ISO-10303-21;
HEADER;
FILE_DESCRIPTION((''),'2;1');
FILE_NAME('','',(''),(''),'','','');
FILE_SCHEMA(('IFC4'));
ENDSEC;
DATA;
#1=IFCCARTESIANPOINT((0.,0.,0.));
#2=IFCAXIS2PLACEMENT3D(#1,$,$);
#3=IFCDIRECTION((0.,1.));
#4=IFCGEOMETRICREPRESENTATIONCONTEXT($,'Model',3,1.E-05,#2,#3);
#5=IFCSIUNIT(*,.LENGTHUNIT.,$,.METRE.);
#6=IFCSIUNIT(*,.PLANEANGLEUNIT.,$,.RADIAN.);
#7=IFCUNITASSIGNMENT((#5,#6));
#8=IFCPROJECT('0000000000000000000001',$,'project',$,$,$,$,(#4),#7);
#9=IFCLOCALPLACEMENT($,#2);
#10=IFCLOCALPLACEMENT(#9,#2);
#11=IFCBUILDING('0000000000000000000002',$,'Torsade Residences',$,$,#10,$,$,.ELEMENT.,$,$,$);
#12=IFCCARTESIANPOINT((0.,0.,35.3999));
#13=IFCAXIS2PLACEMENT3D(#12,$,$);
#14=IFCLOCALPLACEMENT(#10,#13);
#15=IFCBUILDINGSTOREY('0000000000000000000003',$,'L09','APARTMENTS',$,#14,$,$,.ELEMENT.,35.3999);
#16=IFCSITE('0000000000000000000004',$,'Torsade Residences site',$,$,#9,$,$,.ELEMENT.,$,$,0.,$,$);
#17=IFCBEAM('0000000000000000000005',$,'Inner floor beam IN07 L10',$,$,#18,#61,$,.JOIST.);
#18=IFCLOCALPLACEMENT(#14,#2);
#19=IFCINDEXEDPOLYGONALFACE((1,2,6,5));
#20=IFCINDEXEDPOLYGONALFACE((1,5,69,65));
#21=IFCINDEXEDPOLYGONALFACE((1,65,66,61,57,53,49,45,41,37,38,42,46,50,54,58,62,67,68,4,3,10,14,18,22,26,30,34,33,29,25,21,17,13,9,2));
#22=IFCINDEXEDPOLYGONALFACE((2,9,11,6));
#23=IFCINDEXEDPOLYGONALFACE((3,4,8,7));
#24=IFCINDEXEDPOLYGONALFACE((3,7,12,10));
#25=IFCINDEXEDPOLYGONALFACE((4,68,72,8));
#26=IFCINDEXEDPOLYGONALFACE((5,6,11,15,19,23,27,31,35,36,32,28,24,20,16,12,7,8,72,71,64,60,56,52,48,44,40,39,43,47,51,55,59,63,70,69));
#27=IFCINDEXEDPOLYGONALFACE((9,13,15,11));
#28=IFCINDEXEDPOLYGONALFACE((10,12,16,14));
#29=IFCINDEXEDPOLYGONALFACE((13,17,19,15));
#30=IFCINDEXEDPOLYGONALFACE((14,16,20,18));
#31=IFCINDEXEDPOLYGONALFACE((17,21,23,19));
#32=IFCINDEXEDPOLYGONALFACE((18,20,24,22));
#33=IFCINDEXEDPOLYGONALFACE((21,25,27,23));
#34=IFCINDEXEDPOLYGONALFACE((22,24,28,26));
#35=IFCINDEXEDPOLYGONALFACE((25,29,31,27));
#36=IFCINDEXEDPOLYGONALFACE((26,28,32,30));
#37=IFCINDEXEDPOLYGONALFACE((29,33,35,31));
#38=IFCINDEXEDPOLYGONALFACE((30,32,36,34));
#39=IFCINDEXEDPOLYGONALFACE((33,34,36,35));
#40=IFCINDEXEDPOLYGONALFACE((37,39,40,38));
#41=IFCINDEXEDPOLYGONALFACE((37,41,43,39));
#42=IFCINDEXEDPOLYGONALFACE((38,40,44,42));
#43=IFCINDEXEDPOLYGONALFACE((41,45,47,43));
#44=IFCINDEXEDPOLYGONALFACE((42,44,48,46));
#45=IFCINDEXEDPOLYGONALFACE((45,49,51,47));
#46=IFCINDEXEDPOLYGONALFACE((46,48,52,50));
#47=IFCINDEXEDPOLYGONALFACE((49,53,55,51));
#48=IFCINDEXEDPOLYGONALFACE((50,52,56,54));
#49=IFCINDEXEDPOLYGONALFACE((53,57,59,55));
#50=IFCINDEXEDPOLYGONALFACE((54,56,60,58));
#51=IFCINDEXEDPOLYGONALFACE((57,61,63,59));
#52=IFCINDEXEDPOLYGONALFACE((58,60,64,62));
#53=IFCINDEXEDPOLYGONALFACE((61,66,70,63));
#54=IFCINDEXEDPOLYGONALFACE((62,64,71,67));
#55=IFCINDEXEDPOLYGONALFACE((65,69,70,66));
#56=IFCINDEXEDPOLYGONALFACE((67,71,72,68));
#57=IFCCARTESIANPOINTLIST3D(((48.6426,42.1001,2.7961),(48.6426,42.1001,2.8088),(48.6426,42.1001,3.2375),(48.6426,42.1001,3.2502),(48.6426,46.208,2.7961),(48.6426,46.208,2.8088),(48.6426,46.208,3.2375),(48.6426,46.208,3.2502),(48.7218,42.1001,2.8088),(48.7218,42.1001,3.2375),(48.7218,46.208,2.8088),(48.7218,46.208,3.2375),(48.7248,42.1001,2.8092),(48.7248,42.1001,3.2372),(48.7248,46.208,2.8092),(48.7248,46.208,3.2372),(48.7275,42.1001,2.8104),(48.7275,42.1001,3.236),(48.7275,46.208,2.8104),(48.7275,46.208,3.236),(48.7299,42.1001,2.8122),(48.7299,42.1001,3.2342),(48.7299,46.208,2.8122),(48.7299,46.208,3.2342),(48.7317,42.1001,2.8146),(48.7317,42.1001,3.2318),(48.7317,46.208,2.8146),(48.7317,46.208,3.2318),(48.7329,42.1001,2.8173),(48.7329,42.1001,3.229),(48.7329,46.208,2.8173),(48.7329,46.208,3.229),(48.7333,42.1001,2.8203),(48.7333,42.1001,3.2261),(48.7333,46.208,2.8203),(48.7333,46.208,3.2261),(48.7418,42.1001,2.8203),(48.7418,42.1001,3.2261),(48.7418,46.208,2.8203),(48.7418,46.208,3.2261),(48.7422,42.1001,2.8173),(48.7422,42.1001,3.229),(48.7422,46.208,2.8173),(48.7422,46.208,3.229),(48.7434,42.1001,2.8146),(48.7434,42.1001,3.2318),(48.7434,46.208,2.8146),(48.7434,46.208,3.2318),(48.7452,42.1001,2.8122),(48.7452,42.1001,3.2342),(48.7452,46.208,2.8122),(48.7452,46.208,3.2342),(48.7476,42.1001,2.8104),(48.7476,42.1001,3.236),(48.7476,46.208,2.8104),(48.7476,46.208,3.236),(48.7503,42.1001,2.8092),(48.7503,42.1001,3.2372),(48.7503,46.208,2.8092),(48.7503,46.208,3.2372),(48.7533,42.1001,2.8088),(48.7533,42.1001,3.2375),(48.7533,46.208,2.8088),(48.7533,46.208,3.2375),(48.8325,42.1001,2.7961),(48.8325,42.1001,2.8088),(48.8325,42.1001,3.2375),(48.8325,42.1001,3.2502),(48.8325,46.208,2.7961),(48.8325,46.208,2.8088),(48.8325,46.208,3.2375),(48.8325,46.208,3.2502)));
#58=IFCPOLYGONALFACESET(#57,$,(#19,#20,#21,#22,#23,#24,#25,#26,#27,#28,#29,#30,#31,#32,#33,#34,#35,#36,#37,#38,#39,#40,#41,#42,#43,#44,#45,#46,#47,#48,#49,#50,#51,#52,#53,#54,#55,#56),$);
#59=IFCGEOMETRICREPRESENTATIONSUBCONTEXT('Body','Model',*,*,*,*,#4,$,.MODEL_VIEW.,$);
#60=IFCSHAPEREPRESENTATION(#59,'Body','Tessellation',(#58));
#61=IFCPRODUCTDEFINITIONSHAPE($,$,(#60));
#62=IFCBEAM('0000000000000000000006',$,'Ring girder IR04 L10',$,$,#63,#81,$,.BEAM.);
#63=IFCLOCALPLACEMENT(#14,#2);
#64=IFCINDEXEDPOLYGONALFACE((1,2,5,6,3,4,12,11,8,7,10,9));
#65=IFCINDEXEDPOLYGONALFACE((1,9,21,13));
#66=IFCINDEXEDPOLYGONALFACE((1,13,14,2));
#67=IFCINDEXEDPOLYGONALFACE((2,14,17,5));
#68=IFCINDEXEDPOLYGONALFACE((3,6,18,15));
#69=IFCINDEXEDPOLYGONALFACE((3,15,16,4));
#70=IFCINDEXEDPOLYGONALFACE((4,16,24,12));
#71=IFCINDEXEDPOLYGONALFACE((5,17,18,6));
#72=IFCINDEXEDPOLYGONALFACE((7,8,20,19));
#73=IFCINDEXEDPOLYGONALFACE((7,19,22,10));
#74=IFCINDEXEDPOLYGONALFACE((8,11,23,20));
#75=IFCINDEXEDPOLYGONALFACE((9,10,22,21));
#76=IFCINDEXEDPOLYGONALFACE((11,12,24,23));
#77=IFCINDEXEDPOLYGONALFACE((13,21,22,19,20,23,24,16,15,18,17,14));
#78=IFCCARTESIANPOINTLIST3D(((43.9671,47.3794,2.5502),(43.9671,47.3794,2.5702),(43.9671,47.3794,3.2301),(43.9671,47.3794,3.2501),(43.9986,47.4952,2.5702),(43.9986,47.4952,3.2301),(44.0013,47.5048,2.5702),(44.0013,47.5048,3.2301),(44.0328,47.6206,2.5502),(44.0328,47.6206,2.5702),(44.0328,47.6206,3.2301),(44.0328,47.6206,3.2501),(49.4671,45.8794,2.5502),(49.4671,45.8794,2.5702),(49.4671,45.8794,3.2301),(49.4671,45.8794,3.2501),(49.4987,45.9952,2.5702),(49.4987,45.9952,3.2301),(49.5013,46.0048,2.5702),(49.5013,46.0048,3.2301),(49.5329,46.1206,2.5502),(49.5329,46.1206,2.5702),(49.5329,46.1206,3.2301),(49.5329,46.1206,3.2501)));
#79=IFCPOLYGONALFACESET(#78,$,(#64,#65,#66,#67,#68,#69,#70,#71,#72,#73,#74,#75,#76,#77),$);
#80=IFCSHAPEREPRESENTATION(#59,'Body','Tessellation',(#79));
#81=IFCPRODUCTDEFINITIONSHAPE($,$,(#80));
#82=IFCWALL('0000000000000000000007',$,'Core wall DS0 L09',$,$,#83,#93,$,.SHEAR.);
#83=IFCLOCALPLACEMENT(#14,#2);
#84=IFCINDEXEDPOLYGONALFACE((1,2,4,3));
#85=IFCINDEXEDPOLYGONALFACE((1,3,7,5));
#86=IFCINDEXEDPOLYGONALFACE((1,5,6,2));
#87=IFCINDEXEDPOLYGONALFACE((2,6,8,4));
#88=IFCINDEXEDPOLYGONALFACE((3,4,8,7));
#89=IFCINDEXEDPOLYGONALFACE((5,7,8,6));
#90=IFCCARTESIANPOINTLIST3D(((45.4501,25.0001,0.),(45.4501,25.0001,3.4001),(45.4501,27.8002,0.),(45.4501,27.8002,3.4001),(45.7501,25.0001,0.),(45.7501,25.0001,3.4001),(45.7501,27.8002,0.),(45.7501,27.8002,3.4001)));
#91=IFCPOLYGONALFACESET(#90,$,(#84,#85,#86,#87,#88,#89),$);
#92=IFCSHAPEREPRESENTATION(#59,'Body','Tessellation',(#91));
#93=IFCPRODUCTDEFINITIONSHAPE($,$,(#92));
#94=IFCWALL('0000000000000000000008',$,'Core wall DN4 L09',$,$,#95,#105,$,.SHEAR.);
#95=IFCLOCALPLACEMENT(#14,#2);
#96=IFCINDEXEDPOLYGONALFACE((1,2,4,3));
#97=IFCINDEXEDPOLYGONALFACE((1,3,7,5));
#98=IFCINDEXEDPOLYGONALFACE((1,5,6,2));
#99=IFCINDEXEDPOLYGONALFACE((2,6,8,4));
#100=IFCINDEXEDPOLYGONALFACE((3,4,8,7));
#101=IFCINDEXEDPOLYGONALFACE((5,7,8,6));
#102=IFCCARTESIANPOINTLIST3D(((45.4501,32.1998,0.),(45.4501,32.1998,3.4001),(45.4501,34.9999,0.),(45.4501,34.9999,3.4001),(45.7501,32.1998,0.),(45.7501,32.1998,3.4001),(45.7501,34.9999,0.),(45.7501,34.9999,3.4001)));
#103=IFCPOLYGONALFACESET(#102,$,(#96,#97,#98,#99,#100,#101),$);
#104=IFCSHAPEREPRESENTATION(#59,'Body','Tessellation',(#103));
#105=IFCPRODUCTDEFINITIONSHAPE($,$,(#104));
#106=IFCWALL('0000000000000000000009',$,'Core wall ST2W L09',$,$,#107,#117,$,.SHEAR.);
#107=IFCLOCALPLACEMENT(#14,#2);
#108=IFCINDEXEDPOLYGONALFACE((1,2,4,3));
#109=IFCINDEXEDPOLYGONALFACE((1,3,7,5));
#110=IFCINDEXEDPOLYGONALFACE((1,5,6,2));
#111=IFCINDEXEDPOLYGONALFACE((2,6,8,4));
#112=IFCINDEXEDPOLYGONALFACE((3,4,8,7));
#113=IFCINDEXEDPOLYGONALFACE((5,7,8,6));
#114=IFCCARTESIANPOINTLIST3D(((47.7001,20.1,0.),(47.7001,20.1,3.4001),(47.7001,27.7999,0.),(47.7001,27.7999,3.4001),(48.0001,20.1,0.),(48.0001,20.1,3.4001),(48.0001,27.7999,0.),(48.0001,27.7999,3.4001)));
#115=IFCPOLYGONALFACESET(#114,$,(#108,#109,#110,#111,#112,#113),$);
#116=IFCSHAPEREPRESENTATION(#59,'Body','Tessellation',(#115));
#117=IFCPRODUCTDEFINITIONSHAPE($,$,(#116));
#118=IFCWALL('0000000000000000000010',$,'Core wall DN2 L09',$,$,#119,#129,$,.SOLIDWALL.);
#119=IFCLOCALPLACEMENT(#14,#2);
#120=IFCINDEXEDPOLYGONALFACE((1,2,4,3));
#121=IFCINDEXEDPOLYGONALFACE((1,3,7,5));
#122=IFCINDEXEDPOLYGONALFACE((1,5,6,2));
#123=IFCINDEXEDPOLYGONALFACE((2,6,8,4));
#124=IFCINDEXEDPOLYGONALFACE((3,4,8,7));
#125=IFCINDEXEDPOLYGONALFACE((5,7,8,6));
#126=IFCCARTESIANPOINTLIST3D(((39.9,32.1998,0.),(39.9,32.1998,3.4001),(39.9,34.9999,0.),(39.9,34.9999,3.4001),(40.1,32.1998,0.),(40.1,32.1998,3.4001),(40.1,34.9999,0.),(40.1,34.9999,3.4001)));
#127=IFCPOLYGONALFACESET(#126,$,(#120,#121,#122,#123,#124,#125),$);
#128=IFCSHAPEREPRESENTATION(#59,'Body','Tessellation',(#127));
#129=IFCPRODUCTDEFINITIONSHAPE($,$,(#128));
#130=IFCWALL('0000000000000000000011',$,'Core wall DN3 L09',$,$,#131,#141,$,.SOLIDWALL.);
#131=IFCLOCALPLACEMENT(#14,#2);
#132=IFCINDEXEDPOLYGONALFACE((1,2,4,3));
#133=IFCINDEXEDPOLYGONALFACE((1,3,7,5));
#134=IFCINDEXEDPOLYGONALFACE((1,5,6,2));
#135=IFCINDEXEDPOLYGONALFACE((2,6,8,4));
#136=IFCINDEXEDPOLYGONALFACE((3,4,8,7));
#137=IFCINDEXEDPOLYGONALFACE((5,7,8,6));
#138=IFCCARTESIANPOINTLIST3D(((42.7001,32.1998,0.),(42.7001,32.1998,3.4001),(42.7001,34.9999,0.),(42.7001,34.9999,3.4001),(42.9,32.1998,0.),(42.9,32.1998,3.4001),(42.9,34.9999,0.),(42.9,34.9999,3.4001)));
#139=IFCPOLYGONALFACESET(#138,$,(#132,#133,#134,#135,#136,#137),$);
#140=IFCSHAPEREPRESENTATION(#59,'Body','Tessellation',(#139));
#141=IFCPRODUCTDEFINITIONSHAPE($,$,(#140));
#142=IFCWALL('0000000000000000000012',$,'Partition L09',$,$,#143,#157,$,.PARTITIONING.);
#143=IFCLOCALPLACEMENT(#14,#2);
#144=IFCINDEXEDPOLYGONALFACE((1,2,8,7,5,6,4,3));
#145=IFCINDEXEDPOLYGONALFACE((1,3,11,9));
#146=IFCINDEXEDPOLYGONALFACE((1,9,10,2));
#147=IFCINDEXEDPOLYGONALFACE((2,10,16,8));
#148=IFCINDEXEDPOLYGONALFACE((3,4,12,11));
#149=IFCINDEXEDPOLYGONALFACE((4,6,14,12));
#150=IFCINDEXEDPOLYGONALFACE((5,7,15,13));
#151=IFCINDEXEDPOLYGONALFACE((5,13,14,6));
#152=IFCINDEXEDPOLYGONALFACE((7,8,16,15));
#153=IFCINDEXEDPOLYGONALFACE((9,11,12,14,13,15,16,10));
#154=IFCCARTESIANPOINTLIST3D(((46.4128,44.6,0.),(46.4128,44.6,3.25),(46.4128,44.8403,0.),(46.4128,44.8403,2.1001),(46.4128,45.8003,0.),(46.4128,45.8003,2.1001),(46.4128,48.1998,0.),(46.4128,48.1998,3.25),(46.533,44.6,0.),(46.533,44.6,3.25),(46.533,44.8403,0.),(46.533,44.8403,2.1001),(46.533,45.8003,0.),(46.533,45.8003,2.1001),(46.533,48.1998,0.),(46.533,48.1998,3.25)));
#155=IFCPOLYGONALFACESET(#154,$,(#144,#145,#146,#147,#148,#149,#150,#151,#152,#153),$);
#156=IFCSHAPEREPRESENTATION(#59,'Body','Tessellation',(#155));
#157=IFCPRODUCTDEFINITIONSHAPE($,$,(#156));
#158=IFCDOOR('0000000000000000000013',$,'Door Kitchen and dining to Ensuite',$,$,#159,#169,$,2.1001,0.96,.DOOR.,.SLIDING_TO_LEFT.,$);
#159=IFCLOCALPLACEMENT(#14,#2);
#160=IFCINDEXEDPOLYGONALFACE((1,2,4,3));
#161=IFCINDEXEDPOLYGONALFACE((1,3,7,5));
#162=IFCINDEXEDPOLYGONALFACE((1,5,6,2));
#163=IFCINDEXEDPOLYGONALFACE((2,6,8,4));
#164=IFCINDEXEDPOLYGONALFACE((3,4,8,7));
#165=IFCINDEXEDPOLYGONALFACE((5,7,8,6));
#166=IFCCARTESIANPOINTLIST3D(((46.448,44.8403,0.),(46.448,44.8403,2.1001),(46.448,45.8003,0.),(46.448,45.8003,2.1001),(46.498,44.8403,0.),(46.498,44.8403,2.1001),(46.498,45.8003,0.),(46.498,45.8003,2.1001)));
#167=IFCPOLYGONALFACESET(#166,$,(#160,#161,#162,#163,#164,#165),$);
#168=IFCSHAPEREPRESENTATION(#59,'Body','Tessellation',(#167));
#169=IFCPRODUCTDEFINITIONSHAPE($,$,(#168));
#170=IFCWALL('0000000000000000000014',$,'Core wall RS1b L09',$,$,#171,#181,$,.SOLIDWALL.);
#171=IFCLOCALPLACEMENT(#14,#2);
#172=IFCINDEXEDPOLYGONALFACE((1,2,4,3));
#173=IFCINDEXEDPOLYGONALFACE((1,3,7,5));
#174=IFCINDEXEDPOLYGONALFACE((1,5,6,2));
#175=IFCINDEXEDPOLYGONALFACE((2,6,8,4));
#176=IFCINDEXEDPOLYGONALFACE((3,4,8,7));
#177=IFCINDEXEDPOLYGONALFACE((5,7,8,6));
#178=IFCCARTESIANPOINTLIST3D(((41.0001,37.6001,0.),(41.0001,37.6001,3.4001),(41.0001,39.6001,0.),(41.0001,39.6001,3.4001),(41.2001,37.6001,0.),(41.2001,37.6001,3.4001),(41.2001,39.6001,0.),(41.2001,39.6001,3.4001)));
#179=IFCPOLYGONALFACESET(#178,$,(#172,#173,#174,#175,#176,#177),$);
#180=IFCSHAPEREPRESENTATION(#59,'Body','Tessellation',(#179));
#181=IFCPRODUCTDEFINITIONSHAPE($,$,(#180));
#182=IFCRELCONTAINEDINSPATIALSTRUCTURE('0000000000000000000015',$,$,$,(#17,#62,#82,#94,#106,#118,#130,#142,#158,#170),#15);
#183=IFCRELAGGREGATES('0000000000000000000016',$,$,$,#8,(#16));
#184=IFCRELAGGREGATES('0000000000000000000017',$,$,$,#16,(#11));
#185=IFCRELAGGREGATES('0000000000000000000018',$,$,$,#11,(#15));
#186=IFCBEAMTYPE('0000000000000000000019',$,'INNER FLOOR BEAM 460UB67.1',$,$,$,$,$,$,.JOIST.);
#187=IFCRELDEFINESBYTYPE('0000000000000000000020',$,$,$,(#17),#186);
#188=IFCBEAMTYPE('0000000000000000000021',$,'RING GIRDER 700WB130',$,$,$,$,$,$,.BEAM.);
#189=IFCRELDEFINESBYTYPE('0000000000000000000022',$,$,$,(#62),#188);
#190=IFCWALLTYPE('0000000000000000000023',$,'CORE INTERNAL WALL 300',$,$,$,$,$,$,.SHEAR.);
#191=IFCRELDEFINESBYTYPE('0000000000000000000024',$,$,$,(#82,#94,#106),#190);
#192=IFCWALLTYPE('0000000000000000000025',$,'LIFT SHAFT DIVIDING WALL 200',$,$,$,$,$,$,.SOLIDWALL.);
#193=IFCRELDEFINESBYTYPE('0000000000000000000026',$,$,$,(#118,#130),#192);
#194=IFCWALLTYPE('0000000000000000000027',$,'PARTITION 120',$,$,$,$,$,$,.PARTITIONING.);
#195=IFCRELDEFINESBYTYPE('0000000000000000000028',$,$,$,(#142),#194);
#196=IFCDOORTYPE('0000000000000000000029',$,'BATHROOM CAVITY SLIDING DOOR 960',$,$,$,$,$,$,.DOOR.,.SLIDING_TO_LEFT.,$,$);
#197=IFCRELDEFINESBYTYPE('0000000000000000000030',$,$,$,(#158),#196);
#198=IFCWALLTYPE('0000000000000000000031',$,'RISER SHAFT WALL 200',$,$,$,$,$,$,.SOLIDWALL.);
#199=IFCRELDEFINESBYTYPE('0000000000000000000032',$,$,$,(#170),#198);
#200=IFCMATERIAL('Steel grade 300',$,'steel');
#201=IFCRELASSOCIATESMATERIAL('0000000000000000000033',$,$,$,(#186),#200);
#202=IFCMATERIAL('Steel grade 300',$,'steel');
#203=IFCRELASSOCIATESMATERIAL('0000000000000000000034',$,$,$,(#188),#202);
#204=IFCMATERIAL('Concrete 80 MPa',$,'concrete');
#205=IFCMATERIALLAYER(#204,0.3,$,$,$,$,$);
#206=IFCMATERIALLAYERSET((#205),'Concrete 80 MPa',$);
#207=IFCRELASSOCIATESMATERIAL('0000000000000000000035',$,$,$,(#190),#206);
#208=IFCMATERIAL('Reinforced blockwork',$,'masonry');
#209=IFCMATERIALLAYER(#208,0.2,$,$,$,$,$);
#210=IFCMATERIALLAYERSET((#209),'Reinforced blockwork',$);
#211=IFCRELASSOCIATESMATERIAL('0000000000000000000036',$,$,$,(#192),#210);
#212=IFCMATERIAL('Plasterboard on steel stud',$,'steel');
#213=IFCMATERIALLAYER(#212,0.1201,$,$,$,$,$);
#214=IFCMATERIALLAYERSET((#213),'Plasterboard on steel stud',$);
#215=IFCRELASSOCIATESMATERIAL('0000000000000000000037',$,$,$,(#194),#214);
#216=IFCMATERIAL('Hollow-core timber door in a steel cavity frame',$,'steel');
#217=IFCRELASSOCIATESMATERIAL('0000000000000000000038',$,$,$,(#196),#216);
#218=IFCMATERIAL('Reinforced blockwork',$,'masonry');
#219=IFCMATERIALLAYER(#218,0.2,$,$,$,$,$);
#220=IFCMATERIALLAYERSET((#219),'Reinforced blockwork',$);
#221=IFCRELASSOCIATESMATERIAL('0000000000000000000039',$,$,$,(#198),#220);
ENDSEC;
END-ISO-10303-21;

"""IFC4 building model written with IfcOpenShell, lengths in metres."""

from ifc_helpers import new_model, si_unit, direction, frame, frame_2d, origin, origin_2d, place, context, subcontext, project, spatial, rectangle, i_section, extrude, material, layer, layer_set, material_profile, profile_set, type_object, element, fill, save


model = new_model("IFC4")

# Units and contexts
model_context = context("Model", 3, precision=1e-05, world=origin(), true_north=direction((0.0, 1.0)))
body_context = subcontext(model_context, "Body", "Model", "MODEL_VIEW")
ifc_project = project(units=[si_unit("LENGTHUNIT", "METRE"), si_unit("PLANEANGLEUNIT", "RADIAN")], contexts=[model_context])

# Site, building, storey
site_placement = place(None, origin())
site = spatial("IfcSite", under=ifc_project, at=site_placement, Name="Torsade Residences site", CompositionType="ELEMENT", RefElevation=0.0)
building_placement = place(site_placement, origin())
building = spatial("IfcBuilding", under=site, at=building_placement, Name="Torsade Residences", CompositionType="ELEMENT")
storey_placement = place(building_placement, frame((0.0, 0.0, 35.3999)))
storey = spatial("IfcBuildingStorey", under=building, at=storey_placement, Name="L09", Description="APARTMENTS", CompositionType="ELEMENT", Elevation=35.3999)

# Beams
ifc_material_1 = material(Name="Steel grade 300", Category="steel")
ifc_material_profile_1 = material_profile(ifc_material_1, i_section(OverallWidth=0.1899, OverallDepth=0.4541, WebThickness=0.0085, FlangeThickness=0.0127, FilletRadius=0.0115, at=origin_2d()), Name="460UB67.1")
ifc_profile_set_1 = profile_set([ifc_material_profile_1], Name="Steel grade 300")
beam_type_1 = type_object("IfcBeamType", Name="INNER FLOOR BEAM 460UB67.1", PredefinedType="JOIST", material=ifc_profile_set_1)
beam_1_placement = place(storey_placement, frame((48.7375, 42.1001, 3.0232), z_axis=(0.0, 1.0, 0.0), x_axis=(-1.0, 0.0, 0.0)))
element("IfcBeam", 1, at=beam_1_placement, inside=storey, type_object=beam_type_1, Name="Inner floor beam IN07 L10", PredefinedType="JOIST", context=body_context, shape_type="SweptSolid", body=[
    extrude(i_section(OverallWidth=0.1899, OverallDepth=0.4541, WebThickness=0.0085, FlangeThickness=0.0127, FilletRadius=0.0115, at=origin_2d()), origin(), (0.0, 0.0, 1.0), 4.1079),
])
ifc_material_2 = material(Name="Steel grade 300", Category="steel")
ifc_material_profile_2 = material_profile(ifc_material_2, i_section(OverallWidth=0.25, OverallDepth=0.7, WebThickness=0.01, FlangeThickness=0.02, at=origin_2d()), Name="700WB130")
ifc_profile_set_2 = profile_set([ifc_material_profile_2], Name="Steel grade 300")
beam_type_2 = type_object("IfcBeamType", Name="RING GIRDER 700WB130", PredefinedType="BEAM", material=ifc_profile_set_2)
beam_2_placement = place(storey_placement, frame((49.5, 46.0, 2.9001), z_axis=(-0.964764, 0.263117, 0.0), x_axis=(-0.263117, -0.964764, 0.0)))
element("IfcBeam", 2, at=beam_2_placement, inside=storey, type_object=beam_type_2, Name="Ring girder IR04 L10", PredefinedType="BEAM", context=body_context, shape_type="SweptSolid", body=[
    extrude(i_section(OverallWidth=0.25, OverallDepth=0.7, WebThickness=0.01, FlangeThickness=0.02, at=origin_2d()), origin(), (0.0, 0.0, 1.0), 5.7009),
])

# Walls
ifc_material_3 = material(Name="Concrete 80 MPa", Category="concrete")
ifc_layer_1 = layer(ifc_material_3, 0.3)
ifc_layer_set_1 = layer_set([ifc_layer_1], Name="Concrete 80 MPa")
wall_type_1 = type_object("IfcWallType", Name="CORE INTERNAL WALL 300", PredefinedType="SHEAR", material=ifc_layer_set_1)
for number, where, z_axis, x_axis, name in (
    (3, (45.6001, 27.8, 0.0), (0.0, 0.0, 1.0), (0.0, -1.0, 0.0), "Core wall DS0 L09"),
    (4, (45.6001, 32.2, 0.0), (0.0, 0.0, 1.0), (0.0, 1.0, 0.0), "Core wall DN4 L09"),
):
    element("IfcWall", number, at=place(storey_placement, frame(where, z_axis=z_axis, x_axis=x_axis)), inside=storey, type_object=wall_type_1, Name=name, PredefinedType="SHEAR", context=body_context, shape_type="SweptSolid", body=[
        extrude(rectangle(XDim=2.8, YDim=0.3, at=frame_2d((1.3999, 0.0))), origin(), (0.0, 0.0, 1.0), 3.4001),
    ])
wall_1_placement = place(storey_placement, frame((47.8501, 27.8, 0.0), z_axis=(0.0, 0.0, 1.0), x_axis=(0.0, -1.0, 0.0)))
element("IfcWall", 5, at=wall_1_placement, inside=storey, type_object=wall_type_1, Name="Core wall ST2W L09", PredefinedType="SHEAR", context=body_context, shape_type="SweptSolid", body=[
    extrude(rectangle(XDim=7.7, YDim=0.3, at=frame_2d((3.8501, 0.0))), origin(), (0.0, 0.0, 1.0), 3.4001),
])
ifc_material_4 = material(Name="Reinforced blockwork", Category="masonry")
ifc_layer_2 = layer(ifc_material_4, 0.2)
ifc_layer_set_2 = layer_set([ifc_layer_2], Name="Reinforced blockwork")
wall_type_2 = type_object("IfcWallType", Name="LIFT SHAFT DIVIDING WALL 200", PredefinedType="SOLIDWALL", material=ifc_layer_set_2)
for number, where, z_axis, x_axis, name in (
    (6, (40.0, 32.2, 0.0), (0.0, 0.0, 1.0), (0.0, 1.0, 0.0), "Core wall DN2 L09"),
    (7, (42.8, 32.2, 0.0), (0.0, 0.0, 1.0), (0.0, 1.0, 0.0), "Core wall DN3 L09"),
):
    element("IfcWall", number, at=place(storey_placement, frame(where, z_axis=z_axis, x_axis=x_axis)), inside=storey, type_object=wall_type_2, Name=name, PredefinedType="SOLIDWALL", context=body_context, shape_type="SweptSolid", body=[
        extrude(rectangle(XDim=2.8, YDim=0.2, at=frame_2d((1.3999, 0.0))), origin(), (0.0, 0.0, 1.0), 3.4001),
    ])

# Wall, opening, door
ifc_material_5 = material(Name="Plasterboard on steel stud", Category="steel")
ifc_layer_3 = layer(ifc_material_5, 0.1201)
ifc_layer_set_3 = layer_set([ifc_layer_3], Name="Plasterboard on steel stud")
wall_type_3 = type_object("IfcWallType", Name="PARTITION 120", PredefinedType="PARTITIONING", material=ifc_layer_set_3)
wall_2_placement = place(storey_placement, frame((46.4729, 44.6001, 0.0), z_axis=(0.0, 0.0, 1.0), x_axis=(0.0, 1.0, 0.0)))
wall_2 = element("IfcWall", 8, at=wall_2_placement, inside=storey, type_object=wall_type_3, Name="Partition L09", PredefinedType="PARTITIONING", context=body_context, shape_type="SweptSolid", body=[
    extrude(rectangle(XDim=3.5999, YDim=0.1201, at=frame_2d((1.7998, 0.0))), origin(), (0.0, 0.0, 1.0), 3.25),
])
opening_placement = place(wall_2_placement, frame((0.2402, 0.0, 0.0)))
opening = element("IfcOpeningElement", 9, at=opening_placement, cuts=wall_2, PredefinedType="OPENING", context=body_context, shape_type="SweptSolid", body=[
    extrude(rectangle(XDim=0.96, YDim=2.1001, at=frame_2d((0.48, 1.05))), frame((0.0, 0.0701, 0.0), z_axis=(0.0, -1.0, 0.0), x_axis=(1.0, 0.0, 0.0)), (0.0, 0.0, 1.0), 0.1401),
])
ifc_material_6 = material(Name="Hollow-core timber door in a steel cavity frame", Category="steel")
door_type = type_object("IfcDoorType", Name="BATHROOM CAVITY SLIDING DOOR 960", OperationType="SLIDING_TO_LEFT", PredefinedType="DOOR", material=ifc_material_6)
door_placement = place(opening_placement, origin())
door = element("IfcDoor", 10, at=door_placement, inside=storey, type_object=door_type, Name="Door Kitchen and dining to Ensuite", OperationType="SLIDING_TO_LEFT", OverallHeight=2.1001, OverallWidth=0.96, PredefinedType="DOOR", context=body_context, shape_type="SweptSolid", body=[
    extrude(rectangle(XDim=0.96, YDim=2.1001, at=frame_2d((0.48, 1.05))), frame((0.0, 0.0249, 0.0), z_axis=(0.0, -1.0, 0.0), x_axis=(1.0, 0.0, 0.0)), (0.0, 0.0, 1.0), 0.05),
])
fill(opening, door)

# Wall
ifc_material_7 = material(Name="Reinforced blockwork", Category="masonry")
ifc_layer_4 = layer(ifc_material_7, 0.2)
ifc_layer_set_4 = layer_set([ifc_layer_4], Name="Reinforced blockwork")
wall_type_4 = type_object("IfcWallType", Name="RISER SHAFT WALL 200", PredefinedType="SOLIDWALL", material=ifc_layer_set_4)
wall_3_placement = place(storey_placement, frame((41.1001, 37.6001, 0.0), z_axis=(0.0, 0.0, 1.0), x_axis=(0.0, 1.0, 0.0)))
element("IfcWall", 11, at=wall_3_placement, inside=storey, type_object=wall_type_4, Name="Core wall RS1b L09", PredefinedType="SOLIDWALL", context=body_context, shape_type="SweptSolid", body=[
    extrude(rectangle(XDim=2.0, YDim=0.2, at=frame_2d((1.0, 0.0))), origin(), (0.0, 0.0, 1.0), 3.4001),
])

save(model, "model.ifc")
